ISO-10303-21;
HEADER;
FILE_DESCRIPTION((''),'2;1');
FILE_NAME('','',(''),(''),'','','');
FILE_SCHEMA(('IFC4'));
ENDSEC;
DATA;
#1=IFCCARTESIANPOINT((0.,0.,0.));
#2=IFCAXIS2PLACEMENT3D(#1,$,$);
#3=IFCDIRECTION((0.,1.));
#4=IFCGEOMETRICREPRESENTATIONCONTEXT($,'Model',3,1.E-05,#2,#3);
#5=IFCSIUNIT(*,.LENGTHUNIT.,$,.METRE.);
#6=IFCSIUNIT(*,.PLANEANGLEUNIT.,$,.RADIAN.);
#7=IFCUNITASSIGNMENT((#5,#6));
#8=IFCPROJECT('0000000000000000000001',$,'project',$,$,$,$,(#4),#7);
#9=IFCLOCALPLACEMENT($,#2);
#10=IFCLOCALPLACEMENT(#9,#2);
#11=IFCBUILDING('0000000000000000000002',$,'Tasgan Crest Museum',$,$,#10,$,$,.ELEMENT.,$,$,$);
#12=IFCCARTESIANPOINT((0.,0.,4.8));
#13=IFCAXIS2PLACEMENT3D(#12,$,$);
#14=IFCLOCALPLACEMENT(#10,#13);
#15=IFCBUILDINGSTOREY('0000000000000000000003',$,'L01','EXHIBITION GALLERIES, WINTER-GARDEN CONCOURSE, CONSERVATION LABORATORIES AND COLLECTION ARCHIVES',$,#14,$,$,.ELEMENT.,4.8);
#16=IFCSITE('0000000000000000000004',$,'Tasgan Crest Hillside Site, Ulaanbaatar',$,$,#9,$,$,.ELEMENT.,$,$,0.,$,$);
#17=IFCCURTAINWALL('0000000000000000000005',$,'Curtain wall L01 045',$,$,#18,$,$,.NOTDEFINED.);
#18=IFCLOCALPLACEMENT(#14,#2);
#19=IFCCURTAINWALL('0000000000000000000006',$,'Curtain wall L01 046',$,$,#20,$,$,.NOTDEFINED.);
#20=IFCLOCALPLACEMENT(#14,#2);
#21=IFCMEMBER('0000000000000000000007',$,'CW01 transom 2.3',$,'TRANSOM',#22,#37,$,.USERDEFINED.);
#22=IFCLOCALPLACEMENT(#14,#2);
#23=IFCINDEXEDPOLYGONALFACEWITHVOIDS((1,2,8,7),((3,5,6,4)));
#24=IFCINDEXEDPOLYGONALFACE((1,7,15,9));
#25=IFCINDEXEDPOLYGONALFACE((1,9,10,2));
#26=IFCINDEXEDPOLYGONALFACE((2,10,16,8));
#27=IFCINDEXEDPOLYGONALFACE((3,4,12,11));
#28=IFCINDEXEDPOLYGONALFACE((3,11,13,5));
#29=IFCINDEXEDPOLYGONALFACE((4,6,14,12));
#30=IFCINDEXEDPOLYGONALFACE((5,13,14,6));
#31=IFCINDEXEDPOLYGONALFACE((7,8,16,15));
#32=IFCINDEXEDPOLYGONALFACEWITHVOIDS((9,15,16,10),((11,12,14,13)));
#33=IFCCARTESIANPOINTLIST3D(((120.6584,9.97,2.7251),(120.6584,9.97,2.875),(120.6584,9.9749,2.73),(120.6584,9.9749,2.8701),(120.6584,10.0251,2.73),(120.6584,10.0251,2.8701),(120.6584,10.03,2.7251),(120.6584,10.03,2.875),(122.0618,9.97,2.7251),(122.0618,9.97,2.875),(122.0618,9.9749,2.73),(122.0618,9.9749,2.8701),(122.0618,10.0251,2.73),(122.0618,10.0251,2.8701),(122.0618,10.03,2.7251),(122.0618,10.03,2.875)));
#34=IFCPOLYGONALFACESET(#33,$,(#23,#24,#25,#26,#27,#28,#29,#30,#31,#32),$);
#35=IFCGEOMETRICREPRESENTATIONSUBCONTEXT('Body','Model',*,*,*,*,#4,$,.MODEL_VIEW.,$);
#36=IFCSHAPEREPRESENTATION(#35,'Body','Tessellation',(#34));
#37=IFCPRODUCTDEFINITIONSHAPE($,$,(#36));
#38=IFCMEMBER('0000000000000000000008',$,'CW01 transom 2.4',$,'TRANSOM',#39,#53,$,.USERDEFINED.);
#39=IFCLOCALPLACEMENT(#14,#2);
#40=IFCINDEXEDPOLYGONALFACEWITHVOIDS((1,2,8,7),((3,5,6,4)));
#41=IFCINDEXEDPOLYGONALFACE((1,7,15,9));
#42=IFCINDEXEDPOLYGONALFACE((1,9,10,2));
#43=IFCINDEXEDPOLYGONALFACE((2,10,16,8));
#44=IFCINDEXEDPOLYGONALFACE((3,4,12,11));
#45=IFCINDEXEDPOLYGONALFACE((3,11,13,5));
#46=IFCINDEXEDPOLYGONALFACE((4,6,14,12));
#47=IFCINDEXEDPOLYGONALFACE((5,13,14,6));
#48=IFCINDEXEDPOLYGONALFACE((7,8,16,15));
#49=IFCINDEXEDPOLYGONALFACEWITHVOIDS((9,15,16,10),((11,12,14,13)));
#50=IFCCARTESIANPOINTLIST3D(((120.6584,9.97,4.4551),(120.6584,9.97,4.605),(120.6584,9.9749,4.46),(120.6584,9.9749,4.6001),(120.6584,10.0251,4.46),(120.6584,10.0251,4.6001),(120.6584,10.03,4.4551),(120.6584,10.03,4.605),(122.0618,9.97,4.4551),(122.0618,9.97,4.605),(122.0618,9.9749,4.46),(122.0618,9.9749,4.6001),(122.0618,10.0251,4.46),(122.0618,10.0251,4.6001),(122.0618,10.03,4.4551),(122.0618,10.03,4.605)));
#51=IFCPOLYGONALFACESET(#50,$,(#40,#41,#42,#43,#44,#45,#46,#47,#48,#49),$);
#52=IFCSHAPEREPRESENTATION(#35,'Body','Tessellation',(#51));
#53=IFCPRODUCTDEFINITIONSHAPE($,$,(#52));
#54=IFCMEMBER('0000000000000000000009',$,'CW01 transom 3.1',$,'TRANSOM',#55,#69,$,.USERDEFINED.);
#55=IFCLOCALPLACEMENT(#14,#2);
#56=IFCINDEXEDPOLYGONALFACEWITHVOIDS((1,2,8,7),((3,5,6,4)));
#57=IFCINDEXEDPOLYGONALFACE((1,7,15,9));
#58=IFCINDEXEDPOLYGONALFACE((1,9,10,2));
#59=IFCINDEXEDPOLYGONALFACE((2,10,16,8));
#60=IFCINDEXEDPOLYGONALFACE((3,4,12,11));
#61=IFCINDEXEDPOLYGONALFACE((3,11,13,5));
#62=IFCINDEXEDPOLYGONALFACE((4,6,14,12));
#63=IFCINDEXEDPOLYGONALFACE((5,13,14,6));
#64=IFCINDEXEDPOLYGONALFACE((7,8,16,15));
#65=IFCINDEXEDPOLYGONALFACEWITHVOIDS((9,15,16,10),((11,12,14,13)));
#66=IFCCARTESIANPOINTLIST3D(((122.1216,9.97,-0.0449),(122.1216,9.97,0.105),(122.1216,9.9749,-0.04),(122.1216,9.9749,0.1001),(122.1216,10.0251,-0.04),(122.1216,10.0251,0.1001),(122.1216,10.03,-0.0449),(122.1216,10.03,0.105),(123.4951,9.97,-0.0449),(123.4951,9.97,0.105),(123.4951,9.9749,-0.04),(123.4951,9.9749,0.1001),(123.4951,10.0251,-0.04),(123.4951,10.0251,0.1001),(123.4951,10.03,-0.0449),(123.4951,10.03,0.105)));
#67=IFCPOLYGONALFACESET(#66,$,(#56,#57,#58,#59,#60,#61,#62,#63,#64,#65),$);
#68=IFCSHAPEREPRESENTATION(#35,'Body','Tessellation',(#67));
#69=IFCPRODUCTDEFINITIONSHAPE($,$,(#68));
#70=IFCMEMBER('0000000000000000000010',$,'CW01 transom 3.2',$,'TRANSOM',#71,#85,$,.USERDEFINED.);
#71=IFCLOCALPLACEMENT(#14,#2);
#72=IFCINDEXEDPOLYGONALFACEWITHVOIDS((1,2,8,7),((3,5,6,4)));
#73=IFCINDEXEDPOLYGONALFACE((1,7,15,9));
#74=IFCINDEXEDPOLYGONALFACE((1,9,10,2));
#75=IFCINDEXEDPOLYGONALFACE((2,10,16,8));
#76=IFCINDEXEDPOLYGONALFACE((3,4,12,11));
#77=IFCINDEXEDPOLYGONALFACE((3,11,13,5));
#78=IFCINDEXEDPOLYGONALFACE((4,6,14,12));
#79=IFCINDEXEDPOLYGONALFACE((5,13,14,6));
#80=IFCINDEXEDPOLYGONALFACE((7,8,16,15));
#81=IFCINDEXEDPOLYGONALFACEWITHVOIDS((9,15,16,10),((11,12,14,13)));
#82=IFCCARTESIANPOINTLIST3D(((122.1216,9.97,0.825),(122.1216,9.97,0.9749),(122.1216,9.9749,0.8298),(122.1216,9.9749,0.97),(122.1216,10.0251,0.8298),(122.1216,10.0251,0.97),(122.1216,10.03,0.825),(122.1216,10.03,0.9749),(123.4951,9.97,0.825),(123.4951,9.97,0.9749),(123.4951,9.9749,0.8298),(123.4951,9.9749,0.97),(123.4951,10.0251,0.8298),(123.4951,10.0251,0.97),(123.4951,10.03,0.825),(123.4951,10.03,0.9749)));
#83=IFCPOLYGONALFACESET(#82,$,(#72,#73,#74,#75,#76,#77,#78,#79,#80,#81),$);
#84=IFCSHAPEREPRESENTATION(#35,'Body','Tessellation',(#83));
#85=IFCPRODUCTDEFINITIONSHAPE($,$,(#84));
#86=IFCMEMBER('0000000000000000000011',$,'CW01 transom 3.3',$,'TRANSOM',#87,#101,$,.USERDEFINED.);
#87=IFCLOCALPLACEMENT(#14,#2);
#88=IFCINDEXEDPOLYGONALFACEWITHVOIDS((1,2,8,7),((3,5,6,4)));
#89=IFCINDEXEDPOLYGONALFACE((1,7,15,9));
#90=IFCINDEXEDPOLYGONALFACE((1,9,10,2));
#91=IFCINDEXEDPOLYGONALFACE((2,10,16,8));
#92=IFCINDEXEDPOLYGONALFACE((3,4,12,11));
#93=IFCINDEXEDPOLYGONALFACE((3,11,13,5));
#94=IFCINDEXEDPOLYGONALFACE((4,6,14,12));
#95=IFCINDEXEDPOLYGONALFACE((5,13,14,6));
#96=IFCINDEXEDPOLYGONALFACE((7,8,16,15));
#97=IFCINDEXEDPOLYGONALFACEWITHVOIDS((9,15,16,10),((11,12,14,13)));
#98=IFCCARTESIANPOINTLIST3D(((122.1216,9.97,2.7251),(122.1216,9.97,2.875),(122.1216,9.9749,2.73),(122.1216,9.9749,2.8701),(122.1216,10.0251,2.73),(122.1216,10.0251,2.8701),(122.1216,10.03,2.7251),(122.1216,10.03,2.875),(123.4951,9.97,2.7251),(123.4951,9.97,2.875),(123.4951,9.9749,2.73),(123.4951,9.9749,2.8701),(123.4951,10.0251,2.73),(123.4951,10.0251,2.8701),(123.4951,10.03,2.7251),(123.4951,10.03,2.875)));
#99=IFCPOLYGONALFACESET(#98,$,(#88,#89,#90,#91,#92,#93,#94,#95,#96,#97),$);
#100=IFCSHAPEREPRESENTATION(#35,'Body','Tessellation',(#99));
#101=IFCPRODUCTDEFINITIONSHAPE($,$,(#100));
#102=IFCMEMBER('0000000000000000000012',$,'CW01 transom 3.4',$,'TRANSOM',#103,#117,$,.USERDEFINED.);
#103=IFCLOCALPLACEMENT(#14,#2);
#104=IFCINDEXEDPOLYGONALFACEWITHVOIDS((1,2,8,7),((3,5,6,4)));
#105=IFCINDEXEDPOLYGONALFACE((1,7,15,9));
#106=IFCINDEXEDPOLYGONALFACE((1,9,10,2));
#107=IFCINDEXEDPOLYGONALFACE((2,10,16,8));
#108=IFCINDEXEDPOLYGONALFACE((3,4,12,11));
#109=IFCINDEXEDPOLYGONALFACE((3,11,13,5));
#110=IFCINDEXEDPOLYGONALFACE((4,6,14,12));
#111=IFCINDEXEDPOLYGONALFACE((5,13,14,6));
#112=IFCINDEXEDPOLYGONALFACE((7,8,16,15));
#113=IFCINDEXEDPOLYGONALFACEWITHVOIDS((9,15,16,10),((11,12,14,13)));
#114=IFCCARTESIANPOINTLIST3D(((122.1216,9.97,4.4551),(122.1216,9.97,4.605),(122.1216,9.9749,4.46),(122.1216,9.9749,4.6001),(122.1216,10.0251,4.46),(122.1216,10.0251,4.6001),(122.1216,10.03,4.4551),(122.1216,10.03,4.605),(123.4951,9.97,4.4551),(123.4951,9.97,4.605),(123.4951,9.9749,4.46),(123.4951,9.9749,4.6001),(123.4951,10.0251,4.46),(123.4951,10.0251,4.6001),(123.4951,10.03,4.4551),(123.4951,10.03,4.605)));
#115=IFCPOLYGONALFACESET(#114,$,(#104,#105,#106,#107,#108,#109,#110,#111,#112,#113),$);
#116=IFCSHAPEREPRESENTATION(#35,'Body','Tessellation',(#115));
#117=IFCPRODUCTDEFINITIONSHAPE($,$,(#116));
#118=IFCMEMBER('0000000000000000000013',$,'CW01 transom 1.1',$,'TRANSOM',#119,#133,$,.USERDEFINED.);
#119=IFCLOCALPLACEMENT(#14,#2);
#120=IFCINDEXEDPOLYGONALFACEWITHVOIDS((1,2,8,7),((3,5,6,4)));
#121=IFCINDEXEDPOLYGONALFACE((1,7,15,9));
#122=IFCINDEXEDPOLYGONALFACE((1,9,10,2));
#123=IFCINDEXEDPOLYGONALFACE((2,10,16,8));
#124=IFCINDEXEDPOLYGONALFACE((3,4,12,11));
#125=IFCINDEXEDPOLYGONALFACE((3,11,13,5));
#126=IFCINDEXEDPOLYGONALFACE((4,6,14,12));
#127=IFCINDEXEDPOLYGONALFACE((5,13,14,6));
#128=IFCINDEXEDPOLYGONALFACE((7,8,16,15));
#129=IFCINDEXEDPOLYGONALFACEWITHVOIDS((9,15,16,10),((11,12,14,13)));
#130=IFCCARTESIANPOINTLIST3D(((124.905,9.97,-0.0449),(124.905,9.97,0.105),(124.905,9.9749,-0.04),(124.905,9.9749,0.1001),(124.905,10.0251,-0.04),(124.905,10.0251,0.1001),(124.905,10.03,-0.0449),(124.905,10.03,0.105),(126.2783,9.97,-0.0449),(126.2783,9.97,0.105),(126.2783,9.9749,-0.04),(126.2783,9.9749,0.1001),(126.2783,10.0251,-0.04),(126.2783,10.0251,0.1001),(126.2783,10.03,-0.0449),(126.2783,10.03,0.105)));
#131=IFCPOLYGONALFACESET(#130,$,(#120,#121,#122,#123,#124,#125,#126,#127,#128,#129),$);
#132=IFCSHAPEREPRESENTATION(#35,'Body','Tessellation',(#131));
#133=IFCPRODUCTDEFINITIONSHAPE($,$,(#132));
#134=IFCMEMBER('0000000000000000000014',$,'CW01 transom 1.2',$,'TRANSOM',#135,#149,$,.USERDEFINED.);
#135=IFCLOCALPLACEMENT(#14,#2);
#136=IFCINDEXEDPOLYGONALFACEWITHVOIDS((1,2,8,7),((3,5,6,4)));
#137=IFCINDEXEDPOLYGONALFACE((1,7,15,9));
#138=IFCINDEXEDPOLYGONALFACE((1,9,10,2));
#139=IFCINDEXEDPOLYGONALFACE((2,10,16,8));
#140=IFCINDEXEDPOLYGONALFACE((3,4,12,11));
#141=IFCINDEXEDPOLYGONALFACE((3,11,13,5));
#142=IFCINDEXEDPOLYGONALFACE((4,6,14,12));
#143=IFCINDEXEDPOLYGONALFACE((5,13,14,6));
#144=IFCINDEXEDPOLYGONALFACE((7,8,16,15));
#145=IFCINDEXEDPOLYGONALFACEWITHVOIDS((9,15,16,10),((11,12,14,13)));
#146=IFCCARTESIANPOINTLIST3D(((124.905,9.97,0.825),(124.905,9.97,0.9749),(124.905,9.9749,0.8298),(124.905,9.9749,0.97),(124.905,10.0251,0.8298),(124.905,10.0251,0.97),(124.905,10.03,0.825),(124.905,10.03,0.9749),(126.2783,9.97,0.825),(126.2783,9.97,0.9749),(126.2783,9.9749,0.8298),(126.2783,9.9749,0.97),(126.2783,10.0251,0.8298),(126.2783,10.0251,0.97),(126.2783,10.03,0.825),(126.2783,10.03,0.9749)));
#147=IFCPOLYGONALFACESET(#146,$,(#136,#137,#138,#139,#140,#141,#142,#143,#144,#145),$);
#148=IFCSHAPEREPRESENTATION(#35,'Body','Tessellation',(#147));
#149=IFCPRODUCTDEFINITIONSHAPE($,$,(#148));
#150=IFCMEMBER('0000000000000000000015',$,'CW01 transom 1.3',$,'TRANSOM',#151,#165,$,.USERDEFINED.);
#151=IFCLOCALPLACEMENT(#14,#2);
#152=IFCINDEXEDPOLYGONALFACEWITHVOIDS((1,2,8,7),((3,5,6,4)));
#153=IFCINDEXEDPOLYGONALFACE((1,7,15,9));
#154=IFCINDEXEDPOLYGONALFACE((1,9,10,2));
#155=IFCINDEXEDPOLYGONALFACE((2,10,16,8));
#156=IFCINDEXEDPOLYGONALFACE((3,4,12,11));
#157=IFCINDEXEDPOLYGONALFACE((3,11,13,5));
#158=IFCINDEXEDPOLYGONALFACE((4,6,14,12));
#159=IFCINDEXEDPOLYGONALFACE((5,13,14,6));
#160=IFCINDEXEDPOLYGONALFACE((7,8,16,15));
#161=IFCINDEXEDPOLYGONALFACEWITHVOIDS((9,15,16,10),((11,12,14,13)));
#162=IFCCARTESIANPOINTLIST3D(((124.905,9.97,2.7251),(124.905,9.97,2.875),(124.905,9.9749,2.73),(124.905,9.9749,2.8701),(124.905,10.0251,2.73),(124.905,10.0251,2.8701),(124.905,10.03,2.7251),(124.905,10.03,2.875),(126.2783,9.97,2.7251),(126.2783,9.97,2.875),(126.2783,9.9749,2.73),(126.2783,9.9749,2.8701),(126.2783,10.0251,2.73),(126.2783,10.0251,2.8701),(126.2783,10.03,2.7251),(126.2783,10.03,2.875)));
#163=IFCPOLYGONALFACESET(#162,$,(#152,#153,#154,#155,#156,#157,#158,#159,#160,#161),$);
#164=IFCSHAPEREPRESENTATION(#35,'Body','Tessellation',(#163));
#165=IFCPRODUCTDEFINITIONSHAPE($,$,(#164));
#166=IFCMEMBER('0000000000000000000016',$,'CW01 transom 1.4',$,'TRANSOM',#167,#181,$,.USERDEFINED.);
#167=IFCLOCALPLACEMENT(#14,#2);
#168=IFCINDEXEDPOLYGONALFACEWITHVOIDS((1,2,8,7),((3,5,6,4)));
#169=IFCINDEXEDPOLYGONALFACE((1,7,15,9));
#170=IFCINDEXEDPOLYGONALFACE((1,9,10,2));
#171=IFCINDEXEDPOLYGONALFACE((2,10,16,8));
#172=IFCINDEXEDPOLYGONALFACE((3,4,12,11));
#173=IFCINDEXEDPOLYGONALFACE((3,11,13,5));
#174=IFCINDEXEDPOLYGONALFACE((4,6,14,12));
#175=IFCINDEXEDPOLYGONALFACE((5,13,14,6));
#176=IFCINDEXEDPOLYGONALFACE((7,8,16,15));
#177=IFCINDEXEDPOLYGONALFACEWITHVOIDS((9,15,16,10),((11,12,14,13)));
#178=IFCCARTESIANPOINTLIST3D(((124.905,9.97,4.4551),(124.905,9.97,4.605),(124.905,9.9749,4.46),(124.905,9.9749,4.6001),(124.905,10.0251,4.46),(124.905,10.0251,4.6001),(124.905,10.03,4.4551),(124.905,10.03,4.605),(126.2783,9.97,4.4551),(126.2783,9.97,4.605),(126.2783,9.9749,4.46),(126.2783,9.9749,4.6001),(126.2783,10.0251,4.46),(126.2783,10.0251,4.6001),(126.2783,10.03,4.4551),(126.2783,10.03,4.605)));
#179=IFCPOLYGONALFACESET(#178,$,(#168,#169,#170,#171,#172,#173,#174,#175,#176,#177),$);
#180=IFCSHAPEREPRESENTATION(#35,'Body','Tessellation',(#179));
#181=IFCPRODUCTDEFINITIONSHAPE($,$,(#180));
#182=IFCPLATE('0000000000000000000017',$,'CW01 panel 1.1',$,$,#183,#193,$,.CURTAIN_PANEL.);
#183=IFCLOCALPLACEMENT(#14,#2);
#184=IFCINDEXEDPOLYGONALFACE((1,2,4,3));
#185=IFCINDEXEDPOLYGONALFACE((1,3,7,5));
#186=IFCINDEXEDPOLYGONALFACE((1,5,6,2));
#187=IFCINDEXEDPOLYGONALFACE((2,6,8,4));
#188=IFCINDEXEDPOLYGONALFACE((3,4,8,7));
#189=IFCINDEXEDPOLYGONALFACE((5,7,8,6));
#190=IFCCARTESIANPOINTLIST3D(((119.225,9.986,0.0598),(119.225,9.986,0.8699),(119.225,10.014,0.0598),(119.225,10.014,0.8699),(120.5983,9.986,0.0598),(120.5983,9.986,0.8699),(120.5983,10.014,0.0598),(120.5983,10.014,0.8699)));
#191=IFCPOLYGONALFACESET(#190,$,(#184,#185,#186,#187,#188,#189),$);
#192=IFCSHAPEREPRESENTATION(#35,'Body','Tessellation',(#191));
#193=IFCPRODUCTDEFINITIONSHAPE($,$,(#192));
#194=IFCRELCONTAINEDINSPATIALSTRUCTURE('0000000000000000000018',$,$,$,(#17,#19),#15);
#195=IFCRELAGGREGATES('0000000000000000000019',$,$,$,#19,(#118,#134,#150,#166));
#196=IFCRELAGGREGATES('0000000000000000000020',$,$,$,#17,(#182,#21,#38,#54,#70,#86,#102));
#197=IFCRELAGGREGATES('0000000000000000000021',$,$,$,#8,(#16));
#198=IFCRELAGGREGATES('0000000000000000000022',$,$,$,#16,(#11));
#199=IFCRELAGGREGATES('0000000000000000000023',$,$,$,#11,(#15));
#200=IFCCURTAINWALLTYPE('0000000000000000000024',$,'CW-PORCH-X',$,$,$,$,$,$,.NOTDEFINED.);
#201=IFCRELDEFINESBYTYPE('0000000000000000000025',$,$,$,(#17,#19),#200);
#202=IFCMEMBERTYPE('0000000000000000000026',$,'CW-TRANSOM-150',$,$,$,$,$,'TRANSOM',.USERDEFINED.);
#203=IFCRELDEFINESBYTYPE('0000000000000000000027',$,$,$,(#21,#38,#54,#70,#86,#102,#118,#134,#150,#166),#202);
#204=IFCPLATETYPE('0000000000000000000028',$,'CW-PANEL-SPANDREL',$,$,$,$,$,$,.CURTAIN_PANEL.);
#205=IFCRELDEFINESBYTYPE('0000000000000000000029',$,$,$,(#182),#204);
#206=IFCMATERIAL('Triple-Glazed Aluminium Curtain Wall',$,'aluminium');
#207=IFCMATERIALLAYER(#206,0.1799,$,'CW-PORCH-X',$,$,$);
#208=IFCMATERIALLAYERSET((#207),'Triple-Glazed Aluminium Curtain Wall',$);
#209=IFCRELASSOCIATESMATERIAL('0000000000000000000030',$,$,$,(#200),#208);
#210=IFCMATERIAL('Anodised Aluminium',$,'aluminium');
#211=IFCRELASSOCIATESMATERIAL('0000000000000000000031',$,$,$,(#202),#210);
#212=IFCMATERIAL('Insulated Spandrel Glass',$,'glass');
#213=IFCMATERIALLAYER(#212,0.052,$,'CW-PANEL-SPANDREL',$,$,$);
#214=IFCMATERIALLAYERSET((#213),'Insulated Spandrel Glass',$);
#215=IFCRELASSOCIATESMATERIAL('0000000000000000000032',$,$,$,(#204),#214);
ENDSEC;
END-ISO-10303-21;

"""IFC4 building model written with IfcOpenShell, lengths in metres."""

from ifc_helpers import new_model, si_unit, direction, frame, origin, origin_2d, place, context, subcontext, project, spatial, rectangle, hollow_rectangle, extrude, material, layer, layer_set, material_profile, profile_set, type_object, element, aggregate, save


model = new_model("IFC4")

# Units and contexts
model_context = context("Model", 3, precision=1e-05, world=origin(), true_north=direction((0.0, 1.0)))
body_context = subcontext(model_context, "Body", "Model", "MODEL_VIEW")
ifc_project = project(units=[si_unit("LENGTHUNIT", "METRE"), si_unit("PLANEANGLEUNIT", "RADIAN")], contexts=[model_context])

# Site, building, storey
site_placement = place(None, origin())
site = spatial("IfcSite", under=ifc_project, at=site_placement, Name="Tasgan Crest Hillside Site, Ulaanbaatar", CompositionType="ELEMENT", RefElevation=0.0)
building_placement = place(site_placement, origin())
building = spatial("IfcBuilding", under=site, at=building_placement, Name="Tasgan Crest Museum", CompositionType="ELEMENT")
storey_placement = place(building_placement, frame((0.0, 0.0, 4.8)))
storey = spatial("IfcBuildingStorey", under=building, at=storey_placement, Name="L01", Description="EXHIBITION GALLERIES, WINTER-GARDEN CONCOURSE, CONSERVATION LABORATORIES AND COLLECTION ARCHIVES", CompositionType="ELEMENT", Elevation=4.8)

# Curtain wall
ifc_material_1 = material(Name="Triple-Glazed Aluminium Curtain Wall", Category="aluminium")
ifc_layer_1 = layer(ifc_material_1, 0.1799, Name="CW-PORCH-X")
ifc_layer_set_1 = layer_set([ifc_layer_1], Name="Triple-Glazed Aluminium Curtain Wall")
curtain_wall_type = type_object("IfcCurtainWallType", Name="CW-PORCH-X", PredefinedType="NOTDEFINED", material=ifc_layer_set_1)
curtain_wall_1_placement = place(storey_placement, origin())
curtain_wall_1 = element("IfcCurtainWall", 1, at=curtain_wall_1_placement, inside=storey, type_object=curtain_wall_type, Name="Curtain wall L01 045", PredefinedType="NOTDEFINED")

# Curtain wall
curtain_wall_2_placement = place(storey_placement, origin())
curtain_wall_2 = element("IfcCurtainWall", 2, at=curtain_wall_2_placement, inside=storey, type_object=curtain_wall_type, Name="Curtain wall L01 046", PredefinedType="NOTDEFINED")

# Members
ifc_material_2 = material(Name="Anodised Aluminium", Category="aluminium")
ifc_material_profile_1 = material_profile(ifc_material_2, hollow_rectangle(XDim=0.0601, YDim=0.1499, WallThickness=0.0049, at=origin_2d()), Name="ALU TRANSOM 150x60x5")
ifc_profile_set_1 = profile_set([ifc_material_profile_1], Name="Anodised Aluminium")
member_type_1 = type_object("IfcMemberType", Name="CW-TRANSOM-150", ElementType="TRANSOM", PredefinedType="USERDEFINED", material=ifc_profile_set_1)
member_1_placement = place(storey_placement, frame((120.6584, 10.0, 2.8), z_axis=(1.0, 0.0, 0.0), x_axis=(0.0, 1.0, 0.0)))
member_1 = element("IfcMember", 3, at=member_1_placement, type_object=member_type_1, Name="CW01 transom 2.3", ObjectType="TRANSOM", PredefinedType="USERDEFINED", context=body_context, shape_type="SweptSolid", body=[
    extrude(hollow_rectangle(XDim=0.0601, YDim=0.1499, WallThickness=0.0049, at=origin_2d()), origin(), (0.0, 0.0, 1.0), 1.4033),
])
member_2_placement = place(storey_placement, frame((120.6584, 10.0, 4.53), z_axis=(1.0, 0.0, 0.0), x_axis=(0.0, 1.0, 0.0)))
member_2 = element("IfcMember", 4, at=member_2_placement, type_object=member_type_1, Name="CW01 transom 2.4", ObjectType="TRANSOM", PredefinedType="USERDEFINED", context=body_context, shape_type="SweptSolid", body=[
    extrude(hollow_rectangle(XDim=0.0601, YDim=0.1499, WallThickness=0.0049, at=origin_2d()), origin(), (0.0, 0.0, 1.0), 1.4033),
])
member_3_placement = place(storey_placement, frame((122.1216, 10.0, 0.03), z_axis=(1.0, 0.0, 0.0), x_axis=(0.0, 1.0, 0.0)))
member_3 = element("IfcMember", 5, at=member_3_placement, type_object=member_type_1, Name="CW01 transom 3.1", ObjectType="TRANSOM", PredefinedType="USERDEFINED", context=body_context, shape_type="SweptSolid", body=[
    extrude(hollow_rectangle(XDim=0.0601, YDim=0.1499, WallThickness=0.0049, at=origin_2d()), origin(), (0.0, 0.0, 1.0), 1.3735),
])
member_4_placement = place(storey_placement, frame((122.1216, 10.0, 0.8999), z_axis=(1.0, 0.0, 0.0), x_axis=(0.0, 1.0, 0.0)))
member_4 = element("IfcMember", 6, at=member_4_placement, type_object=member_type_1, Name="CW01 transom 3.2", ObjectType="TRANSOM", PredefinedType="USERDEFINED", context=body_context, shape_type="SweptSolid", body=[
    extrude(hollow_rectangle(XDim=0.0601, YDim=0.1499, WallThickness=0.0049, at=origin_2d()), origin(), (0.0, 0.0, 1.0), 1.3735),
])
member_5_placement = place(storey_placement, frame((122.1216, 10.0, 2.8), z_axis=(1.0, 0.0, 0.0), x_axis=(0.0, 1.0, 0.0)))
member_5 = element("IfcMember", 7, at=member_5_placement, type_object=member_type_1, Name="CW01 transom 3.3", ObjectType="TRANSOM", PredefinedType="USERDEFINED", context=body_context, shape_type="SweptSolid", body=[
    extrude(hollow_rectangle(XDim=0.0601, YDim=0.1499, WallThickness=0.0049, at=origin_2d()), origin(), (0.0, 0.0, 1.0), 1.3735),
])
member_6_placement = place(storey_placement, frame((122.1216, 10.0, 4.53), z_axis=(1.0, 0.0, 0.0), x_axis=(0.0, 1.0, 0.0)))
member_6 = element("IfcMember", 8, at=member_6_placement, type_object=member_type_1, Name="CW01 transom 3.4", ObjectType="TRANSOM", PredefinedType="USERDEFINED", context=body_context, shape_type="SweptSolid", body=[
    extrude(hollow_rectangle(XDim=0.0601, YDim=0.1499, WallThickness=0.0049, at=origin_2d()), origin(), (0.0, 0.0, 1.0), 1.3735),
])
member_7_placement = place(storey_placement, frame((124.905, 10.0, 0.03), z_axis=(1.0, 0.0, 0.0), x_axis=(0.0, 1.0, 0.0)))
member_7 = element("IfcMember", 9, at=member_7_placement, type_object=member_type_1, Name="CW01 transom 1.1", ObjectType="TRANSOM", PredefinedType="USERDEFINED", context=body_context, shape_type="SweptSolid", body=[
    extrude(hollow_rectangle(XDim=0.0601, YDim=0.1499, WallThickness=0.0049, at=origin_2d()), origin(), (0.0, 0.0, 1.0), 1.3733),
])
member_8_placement = place(storey_placement, frame((124.905, 10.0, 0.8999), z_axis=(1.0, 0.0, 0.0), x_axis=(0.0, 1.0, 0.0)))
member_8 = element("IfcMember", 10, at=member_8_placement, type_object=member_type_1, Name="CW01 transom 1.2", ObjectType="TRANSOM", PredefinedType="USERDEFINED", context=body_context, shape_type="SweptSolid", body=[
    extrude(hollow_rectangle(XDim=0.0601, YDim=0.1499, WallThickness=0.0049, at=origin_2d()), origin(), (0.0, 0.0, 1.0), 1.3733),
])
member_9_placement = place(storey_placement, frame((124.905, 10.0, 2.8), z_axis=(1.0, 0.0, 0.0), x_axis=(0.0, 1.0, 0.0)))
member_9 = element("IfcMember", 11, at=member_9_placement, type_object=member_type_1, Name="CW01 transom 1.3", ObjectType="TRANSOM", PredefinedType="USERDEFINED", context=body_context, shape_type="SweptSolid", body=[
    extrude(hollow_rectangle(XDim=0.0601, YDim=0.1499, WallThickness=0.0049, at=origin_2d()), origin(), (0.0, 0.0, 1.0), 1.3733),
])
member_10_placement = place(storey_placement, frame((124.905, 10.0, 4.53), z_axis=(1.0, 0.0, 0.0), x_axis=(0.0, 1.0, 0.0)))
member_10 = element("IfcMember", 12, at=member_10_placement, type_object=member_type_1, Name="CW01 transom 1.4", ObjectType="TRANSOM", PredefinedType="USERDEFINED", context=body_context, shape_type="SweptSolid", body=[
    extrude(hollow_rectangle(XDim=0.0601, YDim=0.1499, WallThickness=0.0049, at=origin_2d()), origin(), (0.0, 0.0, 1.0), 1.3733),
])

# Plate
ifc_material_3 = material(Name="Insulated Spandrel Glass", Category="glass")
ifc_layer_2 = layer(ifc_material_3, 0.052, Name="CW-PANEL-SPANDREL")
ifc_layer_set_2 = layer_set([ifc_layer_2], Name="Insulated Spandrel Glass")
plate_type_1 = type_object("IfcPlateType", Name="CW-PANEL-SPANDREL", PredefinedType="CURTAIN_PANEL", material=ifc_layer_set_2)
plate_1_placement = place(storey_placement, frame((119.9116, 10.0, 0.0598), z_axis=(0.0, 0.0, 1.0), x_axis=(1.0, 0.0, 0.0)))
plate_1 = element("IfcPlate", 13, at=plate_1_placement, type_object=plate_type_1, Name="CW01 panel 1.1", PredefinedType="CURTAIN_PANEL", context=body_context, shape_type="SweptSolid", body=[
    extrude(rectangle(XDim=1.3733, YDim=0.0281, at=origin_2d()), origin(), (0.0, 0.0, 1.0), 0.8101),
])
aggregate(curtain_wall_2, [member_7, member_8, member_9, member_10])
aggregate(curtain_wall_1, [plate_1, member_1, member_2, member_3, member_4, member_5, member_6])

save(model, "model.ifc")
